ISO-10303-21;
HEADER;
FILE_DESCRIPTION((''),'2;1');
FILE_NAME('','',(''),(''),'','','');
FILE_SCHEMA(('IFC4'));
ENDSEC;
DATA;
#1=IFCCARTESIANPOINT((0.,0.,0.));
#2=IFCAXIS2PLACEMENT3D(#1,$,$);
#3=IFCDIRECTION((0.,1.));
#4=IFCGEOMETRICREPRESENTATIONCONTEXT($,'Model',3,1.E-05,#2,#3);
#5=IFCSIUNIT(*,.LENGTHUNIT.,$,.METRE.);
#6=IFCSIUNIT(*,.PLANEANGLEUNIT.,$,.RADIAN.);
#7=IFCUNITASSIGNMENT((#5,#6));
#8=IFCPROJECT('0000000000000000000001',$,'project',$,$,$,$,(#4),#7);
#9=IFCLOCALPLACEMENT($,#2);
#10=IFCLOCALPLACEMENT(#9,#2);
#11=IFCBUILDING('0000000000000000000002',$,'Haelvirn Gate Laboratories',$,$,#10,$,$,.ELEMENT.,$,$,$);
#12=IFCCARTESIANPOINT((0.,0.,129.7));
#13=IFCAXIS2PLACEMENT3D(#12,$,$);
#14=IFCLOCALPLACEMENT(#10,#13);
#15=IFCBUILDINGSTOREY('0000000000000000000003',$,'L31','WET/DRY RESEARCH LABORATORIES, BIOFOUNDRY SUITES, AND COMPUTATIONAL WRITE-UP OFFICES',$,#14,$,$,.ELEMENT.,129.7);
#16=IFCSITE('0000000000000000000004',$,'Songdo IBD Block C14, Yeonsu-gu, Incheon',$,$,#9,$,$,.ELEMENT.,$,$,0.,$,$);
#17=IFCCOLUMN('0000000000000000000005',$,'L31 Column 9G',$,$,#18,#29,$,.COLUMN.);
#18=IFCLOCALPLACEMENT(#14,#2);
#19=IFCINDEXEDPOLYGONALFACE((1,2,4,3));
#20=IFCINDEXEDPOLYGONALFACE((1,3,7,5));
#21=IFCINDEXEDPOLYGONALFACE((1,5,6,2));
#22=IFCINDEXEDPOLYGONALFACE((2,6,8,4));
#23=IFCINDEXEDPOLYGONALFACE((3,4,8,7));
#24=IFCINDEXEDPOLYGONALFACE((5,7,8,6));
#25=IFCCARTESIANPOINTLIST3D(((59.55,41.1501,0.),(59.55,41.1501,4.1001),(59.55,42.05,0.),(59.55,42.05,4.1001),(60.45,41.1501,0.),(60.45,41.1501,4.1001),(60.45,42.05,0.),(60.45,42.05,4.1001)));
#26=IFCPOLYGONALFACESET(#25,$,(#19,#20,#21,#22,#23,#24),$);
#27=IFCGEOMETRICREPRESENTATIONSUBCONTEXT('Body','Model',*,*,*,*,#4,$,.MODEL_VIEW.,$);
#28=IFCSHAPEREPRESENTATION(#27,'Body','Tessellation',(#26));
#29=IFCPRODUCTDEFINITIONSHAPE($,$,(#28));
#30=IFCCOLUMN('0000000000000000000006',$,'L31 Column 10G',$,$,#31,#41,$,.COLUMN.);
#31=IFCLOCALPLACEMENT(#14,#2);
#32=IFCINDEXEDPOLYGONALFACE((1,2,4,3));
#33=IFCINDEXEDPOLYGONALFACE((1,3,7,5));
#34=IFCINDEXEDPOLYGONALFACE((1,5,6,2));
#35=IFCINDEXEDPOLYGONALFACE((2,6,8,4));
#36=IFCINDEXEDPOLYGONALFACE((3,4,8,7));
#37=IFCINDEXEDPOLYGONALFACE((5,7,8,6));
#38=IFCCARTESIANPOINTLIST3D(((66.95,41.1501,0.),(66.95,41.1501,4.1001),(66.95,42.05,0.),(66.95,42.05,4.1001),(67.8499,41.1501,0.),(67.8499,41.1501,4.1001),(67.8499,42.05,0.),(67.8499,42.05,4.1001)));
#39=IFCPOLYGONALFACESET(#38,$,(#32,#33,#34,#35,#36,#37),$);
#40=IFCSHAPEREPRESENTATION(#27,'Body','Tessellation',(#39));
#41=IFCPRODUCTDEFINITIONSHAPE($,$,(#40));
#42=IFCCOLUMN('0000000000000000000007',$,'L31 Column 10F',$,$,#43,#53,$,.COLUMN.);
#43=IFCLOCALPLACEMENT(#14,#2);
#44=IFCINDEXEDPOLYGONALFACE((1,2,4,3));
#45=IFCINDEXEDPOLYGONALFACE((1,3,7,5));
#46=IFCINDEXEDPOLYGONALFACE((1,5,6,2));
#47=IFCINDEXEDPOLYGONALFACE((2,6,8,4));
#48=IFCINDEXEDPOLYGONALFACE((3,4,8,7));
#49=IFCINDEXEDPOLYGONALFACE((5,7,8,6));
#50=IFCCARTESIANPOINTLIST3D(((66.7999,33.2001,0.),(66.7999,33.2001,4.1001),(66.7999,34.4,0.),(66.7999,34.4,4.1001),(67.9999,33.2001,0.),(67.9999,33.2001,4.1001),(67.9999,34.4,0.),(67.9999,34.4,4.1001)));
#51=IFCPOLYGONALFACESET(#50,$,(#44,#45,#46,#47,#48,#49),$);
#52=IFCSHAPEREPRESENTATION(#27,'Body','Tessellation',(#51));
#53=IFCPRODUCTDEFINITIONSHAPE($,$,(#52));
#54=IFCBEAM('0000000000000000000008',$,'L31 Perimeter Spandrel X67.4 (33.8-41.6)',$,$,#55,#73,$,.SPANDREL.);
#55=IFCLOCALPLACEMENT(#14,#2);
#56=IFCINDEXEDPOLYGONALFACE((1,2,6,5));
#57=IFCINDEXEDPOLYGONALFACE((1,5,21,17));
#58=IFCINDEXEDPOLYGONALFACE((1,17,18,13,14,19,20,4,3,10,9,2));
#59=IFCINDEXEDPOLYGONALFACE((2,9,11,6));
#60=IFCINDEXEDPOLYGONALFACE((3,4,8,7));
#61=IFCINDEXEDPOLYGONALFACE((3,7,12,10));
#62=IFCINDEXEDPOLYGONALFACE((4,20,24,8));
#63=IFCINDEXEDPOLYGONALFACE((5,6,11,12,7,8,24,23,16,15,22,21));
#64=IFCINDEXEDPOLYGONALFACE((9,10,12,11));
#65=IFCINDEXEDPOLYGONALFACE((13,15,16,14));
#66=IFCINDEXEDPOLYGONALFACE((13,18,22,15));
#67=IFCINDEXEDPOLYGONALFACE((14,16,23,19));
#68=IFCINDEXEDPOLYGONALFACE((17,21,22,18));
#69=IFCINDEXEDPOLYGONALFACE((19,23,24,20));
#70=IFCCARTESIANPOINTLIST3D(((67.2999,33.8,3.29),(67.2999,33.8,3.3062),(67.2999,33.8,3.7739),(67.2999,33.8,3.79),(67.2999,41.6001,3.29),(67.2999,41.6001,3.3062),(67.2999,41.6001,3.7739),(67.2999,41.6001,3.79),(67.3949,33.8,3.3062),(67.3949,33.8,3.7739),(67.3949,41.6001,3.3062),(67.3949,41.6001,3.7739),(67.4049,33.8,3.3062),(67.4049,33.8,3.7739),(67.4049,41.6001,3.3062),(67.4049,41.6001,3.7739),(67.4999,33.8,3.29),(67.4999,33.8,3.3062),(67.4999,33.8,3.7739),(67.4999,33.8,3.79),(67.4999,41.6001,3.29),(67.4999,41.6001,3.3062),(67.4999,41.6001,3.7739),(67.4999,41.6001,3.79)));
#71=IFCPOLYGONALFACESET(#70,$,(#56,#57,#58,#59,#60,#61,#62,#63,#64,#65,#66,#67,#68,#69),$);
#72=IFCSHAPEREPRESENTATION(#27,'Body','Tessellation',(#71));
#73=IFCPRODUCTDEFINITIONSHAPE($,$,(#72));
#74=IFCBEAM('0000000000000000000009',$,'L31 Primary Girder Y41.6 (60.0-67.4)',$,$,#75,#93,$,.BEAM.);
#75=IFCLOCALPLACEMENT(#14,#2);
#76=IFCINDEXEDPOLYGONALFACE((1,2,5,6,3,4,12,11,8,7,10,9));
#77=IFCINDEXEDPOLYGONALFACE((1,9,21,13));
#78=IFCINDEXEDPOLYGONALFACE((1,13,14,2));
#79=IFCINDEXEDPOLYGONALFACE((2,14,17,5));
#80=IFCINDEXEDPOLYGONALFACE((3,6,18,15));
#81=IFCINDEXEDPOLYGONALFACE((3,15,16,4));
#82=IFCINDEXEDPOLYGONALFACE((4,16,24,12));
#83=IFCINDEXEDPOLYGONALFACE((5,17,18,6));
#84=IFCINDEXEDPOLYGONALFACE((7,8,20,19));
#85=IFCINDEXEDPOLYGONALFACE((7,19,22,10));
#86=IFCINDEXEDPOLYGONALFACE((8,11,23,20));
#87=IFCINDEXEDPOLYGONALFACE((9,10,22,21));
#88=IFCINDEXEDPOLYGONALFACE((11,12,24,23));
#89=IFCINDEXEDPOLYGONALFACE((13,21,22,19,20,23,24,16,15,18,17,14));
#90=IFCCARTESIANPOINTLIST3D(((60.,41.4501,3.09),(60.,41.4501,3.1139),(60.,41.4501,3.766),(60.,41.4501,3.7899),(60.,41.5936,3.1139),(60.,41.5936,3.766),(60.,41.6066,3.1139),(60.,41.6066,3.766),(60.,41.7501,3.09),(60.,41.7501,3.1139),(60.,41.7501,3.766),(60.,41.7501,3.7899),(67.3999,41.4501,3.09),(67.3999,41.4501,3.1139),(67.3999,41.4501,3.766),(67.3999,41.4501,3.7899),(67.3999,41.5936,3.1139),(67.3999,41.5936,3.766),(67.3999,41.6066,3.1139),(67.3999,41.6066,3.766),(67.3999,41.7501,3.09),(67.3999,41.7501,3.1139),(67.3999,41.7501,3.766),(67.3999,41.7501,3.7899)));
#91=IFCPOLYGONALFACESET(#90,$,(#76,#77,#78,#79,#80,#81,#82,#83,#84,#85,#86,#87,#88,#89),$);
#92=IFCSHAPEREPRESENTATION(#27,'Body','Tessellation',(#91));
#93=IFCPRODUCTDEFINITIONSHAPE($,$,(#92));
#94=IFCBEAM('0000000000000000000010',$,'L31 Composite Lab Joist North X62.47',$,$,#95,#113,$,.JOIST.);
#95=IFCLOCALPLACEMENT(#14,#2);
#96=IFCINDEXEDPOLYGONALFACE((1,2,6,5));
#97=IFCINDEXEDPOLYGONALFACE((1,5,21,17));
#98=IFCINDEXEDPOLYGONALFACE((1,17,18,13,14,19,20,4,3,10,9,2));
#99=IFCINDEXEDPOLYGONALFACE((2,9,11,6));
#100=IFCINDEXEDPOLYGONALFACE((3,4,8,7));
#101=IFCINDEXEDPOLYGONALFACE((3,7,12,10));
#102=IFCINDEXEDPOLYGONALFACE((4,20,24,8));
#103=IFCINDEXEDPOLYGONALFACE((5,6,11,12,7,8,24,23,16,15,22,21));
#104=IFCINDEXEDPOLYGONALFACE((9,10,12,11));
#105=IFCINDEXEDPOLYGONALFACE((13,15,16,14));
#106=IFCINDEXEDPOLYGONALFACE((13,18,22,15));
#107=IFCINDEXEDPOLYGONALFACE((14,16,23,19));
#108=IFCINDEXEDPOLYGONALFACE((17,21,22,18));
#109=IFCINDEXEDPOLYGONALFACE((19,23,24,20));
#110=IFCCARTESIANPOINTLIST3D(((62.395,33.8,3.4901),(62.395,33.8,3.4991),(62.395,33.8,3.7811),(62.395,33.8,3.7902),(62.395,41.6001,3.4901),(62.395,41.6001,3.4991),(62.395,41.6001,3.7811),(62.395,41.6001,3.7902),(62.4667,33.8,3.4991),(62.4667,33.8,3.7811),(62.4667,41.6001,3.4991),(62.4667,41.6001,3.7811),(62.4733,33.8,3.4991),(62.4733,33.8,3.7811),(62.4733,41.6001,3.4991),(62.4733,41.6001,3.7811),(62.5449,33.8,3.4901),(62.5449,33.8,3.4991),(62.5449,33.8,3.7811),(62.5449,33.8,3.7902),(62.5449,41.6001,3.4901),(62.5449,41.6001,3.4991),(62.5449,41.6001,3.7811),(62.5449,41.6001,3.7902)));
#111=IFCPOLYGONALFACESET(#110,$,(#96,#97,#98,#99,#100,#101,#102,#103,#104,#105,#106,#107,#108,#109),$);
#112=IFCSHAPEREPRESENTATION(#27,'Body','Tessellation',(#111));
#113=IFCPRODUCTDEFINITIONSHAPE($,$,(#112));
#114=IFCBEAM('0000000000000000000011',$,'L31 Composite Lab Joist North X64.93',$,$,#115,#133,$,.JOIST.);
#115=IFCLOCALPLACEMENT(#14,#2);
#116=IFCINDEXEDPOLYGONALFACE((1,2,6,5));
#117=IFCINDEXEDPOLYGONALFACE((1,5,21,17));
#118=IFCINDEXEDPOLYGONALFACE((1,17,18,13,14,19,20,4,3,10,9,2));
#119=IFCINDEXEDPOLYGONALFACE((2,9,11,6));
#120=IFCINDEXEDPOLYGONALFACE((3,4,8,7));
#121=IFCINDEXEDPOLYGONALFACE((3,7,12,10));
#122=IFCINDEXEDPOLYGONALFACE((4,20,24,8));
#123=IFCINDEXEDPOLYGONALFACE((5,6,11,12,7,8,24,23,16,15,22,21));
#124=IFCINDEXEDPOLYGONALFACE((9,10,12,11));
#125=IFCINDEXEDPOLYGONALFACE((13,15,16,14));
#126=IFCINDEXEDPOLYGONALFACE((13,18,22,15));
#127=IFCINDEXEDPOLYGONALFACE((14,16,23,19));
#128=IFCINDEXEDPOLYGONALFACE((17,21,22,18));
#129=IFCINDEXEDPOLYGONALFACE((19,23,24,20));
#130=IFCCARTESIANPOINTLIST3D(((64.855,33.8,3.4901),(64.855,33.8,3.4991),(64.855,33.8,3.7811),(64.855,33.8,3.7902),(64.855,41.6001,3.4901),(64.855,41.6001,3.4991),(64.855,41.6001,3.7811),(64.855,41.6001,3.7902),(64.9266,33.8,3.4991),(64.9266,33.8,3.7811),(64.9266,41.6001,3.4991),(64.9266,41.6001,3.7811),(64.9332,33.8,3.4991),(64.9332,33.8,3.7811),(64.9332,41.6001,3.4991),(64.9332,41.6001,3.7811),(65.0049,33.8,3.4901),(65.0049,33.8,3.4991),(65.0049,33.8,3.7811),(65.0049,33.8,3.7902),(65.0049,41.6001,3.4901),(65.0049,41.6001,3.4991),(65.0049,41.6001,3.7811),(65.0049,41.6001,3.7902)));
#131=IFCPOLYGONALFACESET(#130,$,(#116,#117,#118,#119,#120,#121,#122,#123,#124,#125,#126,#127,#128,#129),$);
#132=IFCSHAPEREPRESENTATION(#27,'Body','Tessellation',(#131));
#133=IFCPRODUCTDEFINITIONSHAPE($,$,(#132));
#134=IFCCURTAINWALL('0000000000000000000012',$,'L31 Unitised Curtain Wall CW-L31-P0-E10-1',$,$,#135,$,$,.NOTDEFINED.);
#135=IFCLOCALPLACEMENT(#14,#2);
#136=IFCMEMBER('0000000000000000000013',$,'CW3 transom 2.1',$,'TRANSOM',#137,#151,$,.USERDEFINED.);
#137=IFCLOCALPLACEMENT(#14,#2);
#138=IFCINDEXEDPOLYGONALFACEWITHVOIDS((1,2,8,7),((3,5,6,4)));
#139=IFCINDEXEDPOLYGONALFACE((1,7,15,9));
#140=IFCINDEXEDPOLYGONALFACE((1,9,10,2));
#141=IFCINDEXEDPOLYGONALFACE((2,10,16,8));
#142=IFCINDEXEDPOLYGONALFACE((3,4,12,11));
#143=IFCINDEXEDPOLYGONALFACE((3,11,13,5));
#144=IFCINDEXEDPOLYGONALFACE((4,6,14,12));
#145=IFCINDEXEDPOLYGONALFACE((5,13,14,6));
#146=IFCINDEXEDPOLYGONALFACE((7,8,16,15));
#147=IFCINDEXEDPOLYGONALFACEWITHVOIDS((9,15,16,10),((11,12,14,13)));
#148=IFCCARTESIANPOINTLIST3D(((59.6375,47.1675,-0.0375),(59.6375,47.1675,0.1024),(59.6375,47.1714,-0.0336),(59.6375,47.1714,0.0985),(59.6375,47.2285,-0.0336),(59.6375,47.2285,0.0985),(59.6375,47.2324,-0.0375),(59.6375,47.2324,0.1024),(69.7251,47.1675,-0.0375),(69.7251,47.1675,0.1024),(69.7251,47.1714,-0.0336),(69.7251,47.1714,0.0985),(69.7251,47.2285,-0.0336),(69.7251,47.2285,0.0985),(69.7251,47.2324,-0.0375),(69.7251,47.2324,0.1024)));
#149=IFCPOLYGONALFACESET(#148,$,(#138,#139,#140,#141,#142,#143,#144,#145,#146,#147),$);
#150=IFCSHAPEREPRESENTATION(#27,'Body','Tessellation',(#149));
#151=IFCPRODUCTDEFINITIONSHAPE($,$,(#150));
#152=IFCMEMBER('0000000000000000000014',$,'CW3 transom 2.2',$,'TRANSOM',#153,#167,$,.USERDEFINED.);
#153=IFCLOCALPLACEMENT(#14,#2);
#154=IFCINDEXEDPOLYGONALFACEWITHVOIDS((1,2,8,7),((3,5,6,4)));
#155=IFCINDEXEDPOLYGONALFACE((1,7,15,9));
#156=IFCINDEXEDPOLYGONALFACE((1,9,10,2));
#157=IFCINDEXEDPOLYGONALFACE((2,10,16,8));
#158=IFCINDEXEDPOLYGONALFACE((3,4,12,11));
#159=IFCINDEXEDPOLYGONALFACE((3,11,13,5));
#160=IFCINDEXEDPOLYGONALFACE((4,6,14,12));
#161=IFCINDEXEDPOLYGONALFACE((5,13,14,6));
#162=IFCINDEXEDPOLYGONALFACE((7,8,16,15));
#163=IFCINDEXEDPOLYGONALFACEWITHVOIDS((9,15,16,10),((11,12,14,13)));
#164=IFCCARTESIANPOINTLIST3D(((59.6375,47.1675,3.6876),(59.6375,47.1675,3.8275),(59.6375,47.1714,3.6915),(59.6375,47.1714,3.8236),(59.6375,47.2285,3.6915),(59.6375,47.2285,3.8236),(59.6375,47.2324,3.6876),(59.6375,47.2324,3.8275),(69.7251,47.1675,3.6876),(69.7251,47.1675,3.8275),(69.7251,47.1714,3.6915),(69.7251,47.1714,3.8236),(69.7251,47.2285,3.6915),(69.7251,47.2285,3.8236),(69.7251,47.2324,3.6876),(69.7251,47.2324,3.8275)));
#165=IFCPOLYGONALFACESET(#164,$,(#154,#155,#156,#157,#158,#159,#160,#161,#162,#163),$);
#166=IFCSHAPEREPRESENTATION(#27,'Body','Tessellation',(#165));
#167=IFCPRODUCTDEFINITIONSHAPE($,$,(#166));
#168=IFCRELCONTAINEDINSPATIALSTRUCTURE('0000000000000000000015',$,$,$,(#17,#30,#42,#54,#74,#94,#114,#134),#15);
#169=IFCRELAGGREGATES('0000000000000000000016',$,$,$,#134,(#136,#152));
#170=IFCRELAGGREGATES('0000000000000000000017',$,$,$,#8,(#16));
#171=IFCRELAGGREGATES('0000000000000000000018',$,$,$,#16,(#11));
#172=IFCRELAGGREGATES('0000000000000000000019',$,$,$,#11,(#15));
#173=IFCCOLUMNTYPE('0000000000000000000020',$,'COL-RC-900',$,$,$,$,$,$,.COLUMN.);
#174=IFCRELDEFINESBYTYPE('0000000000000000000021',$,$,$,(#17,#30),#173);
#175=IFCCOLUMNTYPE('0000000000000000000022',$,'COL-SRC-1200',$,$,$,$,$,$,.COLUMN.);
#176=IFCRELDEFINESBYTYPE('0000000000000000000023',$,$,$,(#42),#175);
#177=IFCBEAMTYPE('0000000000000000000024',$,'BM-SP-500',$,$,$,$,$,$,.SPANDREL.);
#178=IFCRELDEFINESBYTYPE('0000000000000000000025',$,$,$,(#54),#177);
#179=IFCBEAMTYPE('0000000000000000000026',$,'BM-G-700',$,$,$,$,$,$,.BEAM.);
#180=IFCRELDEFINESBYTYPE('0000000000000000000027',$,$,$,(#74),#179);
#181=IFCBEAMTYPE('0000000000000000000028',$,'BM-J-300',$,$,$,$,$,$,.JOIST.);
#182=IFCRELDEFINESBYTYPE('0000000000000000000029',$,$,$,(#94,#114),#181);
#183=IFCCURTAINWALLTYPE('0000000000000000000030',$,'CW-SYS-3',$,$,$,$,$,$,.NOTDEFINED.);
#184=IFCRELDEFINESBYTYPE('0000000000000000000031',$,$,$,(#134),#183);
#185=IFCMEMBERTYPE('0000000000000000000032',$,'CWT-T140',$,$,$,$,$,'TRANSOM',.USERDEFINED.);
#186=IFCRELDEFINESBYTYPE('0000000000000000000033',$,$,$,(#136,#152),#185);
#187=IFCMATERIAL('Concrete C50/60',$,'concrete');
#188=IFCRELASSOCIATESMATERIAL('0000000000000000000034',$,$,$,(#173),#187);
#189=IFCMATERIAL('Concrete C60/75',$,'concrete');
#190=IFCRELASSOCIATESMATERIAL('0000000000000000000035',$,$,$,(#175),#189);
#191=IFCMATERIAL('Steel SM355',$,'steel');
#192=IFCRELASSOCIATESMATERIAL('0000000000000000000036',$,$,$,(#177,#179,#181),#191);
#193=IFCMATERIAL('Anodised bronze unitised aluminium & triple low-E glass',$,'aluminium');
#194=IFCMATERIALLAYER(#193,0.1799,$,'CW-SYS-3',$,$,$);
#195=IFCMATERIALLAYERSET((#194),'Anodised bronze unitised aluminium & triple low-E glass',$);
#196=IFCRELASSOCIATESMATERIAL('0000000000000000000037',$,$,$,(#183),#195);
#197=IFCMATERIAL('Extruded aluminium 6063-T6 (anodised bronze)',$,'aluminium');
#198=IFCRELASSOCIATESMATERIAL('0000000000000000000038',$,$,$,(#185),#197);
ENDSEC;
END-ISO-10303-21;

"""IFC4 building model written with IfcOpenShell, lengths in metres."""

from ifc_helpers import new_model, si_unit, direction, frame, origin, origin_2d, place, context, subcontext, project, spatial, rectangle, hollow_rectangle, i_section, extrude, source, transform, mapped, material, layer, layer_set, material_profile, profile_set, type_object, type_shapes, element, aggregate, save


model = new_model("IFC4")

# Units and contexts
model_context = context("Model", 3, precision=1e-05, world=origin(), true_north=direction((0.0, 1.0)))
body_context = subcontext(model_context, "Body", "Model", "MODEL_VIEW")
ifc_project = project(units=[si_unit("LENGTHUNIT", "METRE"), si_unit("PLANEANGLEUNIT", "RADIAN")], contexts=[model_context])

# Site, building, storey
site_placement = place(None, origin())
site = spatial("IfcSite", under=ifc_project, at=site_placement, Name="Songdo IBD Block C14, Yeonsu-gu, Incheon", CompositionType="ELEMENT", RefElevation=0.0)
building_placement = place(site_placement, origin())
building = spatial("IfcBuilding", under=site, at=building_placement, Name="Haelvirn Gate Laboratories", CompositionType="ELEMENT")
storey_placement = place(building_placement, frame((0.0, 0.0, 129.7)))
storey = spatial("IfcBuildingStorey", under=building, at=storey_placement, Name="L31", Description="WET/DRY RESEARCH LABORATORIES, BIOFOUNDRY SUITES, AND COMPUTATIONAL WRITE-UP OFFICES", CompositionType="ELEMENT", Elevation=129.7)

# Columns
ifc_material_1 = material(Name="Concrete C50/60", Category="concrete")
ifc_material_profile_1 = material_profile(ifc_material_1, rectangle(XDim=0.8999, YDim=0.8999, at=origin_2d()), Name="RC-900x900")
ifc_profile_set_1 = profile_set([ifc_material_profile_1], Name="Concrete C50/60")
column_type_1 = type_object("IfcColumnType", Name="COL-RC-900", PredefinedType="COLUMN", material=ifc_profile_set_1)
shared_shape_1 = source(origin(), body_context, "Body", "SweptSolid", [
    extrude(rectangle(XDim=0.8999, YDim=0.8999, at=origin_2d()), origin(), (0.0, 0.0, 1.0), 4.1001),
])
type_shapes(column_type_1, [shared_shape_1])
for number, where, z_axis, x_axis, name in (
    (1, (60.0, 41.6001, 0.0), (0.0, 0.0, 1.0), (1.0, 0.0, 0.0), "L31 Column 9G"),
    (2, (67.3999, 41.6001, 0.0), (0.0, 0.0, 1.0), (1.0, 0.0, 0.0), "L31 Column 10G"),
):
    element("IfcColumn", number, at=place(storey_placement, frame(where, z_axis=z_axis, x_axis=x_axis)), inside=storey, type_object=column_type_1, Name=name, PredefinedType="COLUMN", context=body_context, shape_type="MappedRepresentation", body=[
        mapped(shared_shape_1, transform((0.0, 0.0, 0.0), scale=1.0)),
    ])
ifc_material_2 = material(Name="Concrete C60/75", Category="concrete")
ifc_material_profile_2 = material_profile(ifc_material_2, rectangle(XDim=1.2, YDim=1.2, at=origin_2d()), Name="SRC-1200x1200")
ifc_profile_set_2 = profile_set([ifc_material_profile_2], Name="Concrete C60/75")
column_type_2 = type_object("IfcColumnType", Name="COL-SRC-1200", PredefinedType="COLUMN", material=ifc_profile_set_2)
shared_shape_2 = source(origin(), body_context, "Body", "SweptSolid", [
    extrude(rectangle(XDim=1.2, YDim=1.2, at=origin_2d()), origin(), (0.0, 0.0, 1.0), 4.1001),
])
type_shapes(column_type_2, [shared_shape_2])
column_placement = place(storey_placement, frame((67.3999, 33.8, 0.0), z_axis=(0.0, 0.0, 1.0), x_axis=(1.0, 0.0, 0.0)))
element("IfcColumn", 3, at=column_placement, inside=storey, type_object=column_type_2, Name="L31 Column 10F", PredefinedType="COLUMN", context=body_context, shape_type="MappedRepresentation", body=[
    mapped(shared_shape_2, transform((0.0, 0.0, 0.0), scale=1.0)),
])

# Beams
ifc_material_3 = material(Name="Steel SM355", Category="steel")
ifc_material_profile_3 = material_profile(ifc_material_3, i_section(OverallWidth=0.2, OverallDepth=0.5, WebThickness=0.01, FlangeThickness=0.0161, at=origin_2d()), Name="H-500x200x10x16")
ifc_profile_set_3 = profile_set([ifc_material_profile_3], Name="Steel SM355")
beam_type_1 = type_object("IfcBeamType", Name="BM-SP-500", PredefinedType="SPANDREL", material=ifc_profile_set_3)
shared_shape_3 = source(origin(), body_context, "Body", "SweptSolid", [
    extrude(i_section(OverallWidth=0.2, OverallDepth=0.5, WebThickness=0.01, FlangeThickness=0.0161, at=origin_2d()), origin(), (0.0, 0.0, 1.0), 7.8),
])
type_shapes(beam_type_1, [shared_shape_3])
beam_1_placement = place(storey_placement, frame((67.3999, 33.8, 3.54), z_axis=(0.0, 1.0, 0.0), x_axis=(-1.0, 0.0, 0.0)))
element("IfcBeam", 4, at=beam_1_placement, inside=storey, type_object=beam_type_1, Name="L31 Perimeter Spandrel X67.4 (33.8-41.6)", PredefinedType="SPANDREL", context=body_context, shape_type="MappedRepresentation", body=[
    mapped(shared_shape_3, transform((0.0, 0.0, 0.0), scale=1.0)),
])
ifc_material_profile_4 = material_profile(ifc_material_3, i_section(OverallWidth=0.3, OverallDepth=0.7, WebThickness=0.0129, FlangeThickness=0.0239, at=origin_2d()), Name="H-700x300x13x24")
ifc_profile_set_4 = profile_set([ifc_material_profile_4], Name="Steel SM355")
beam_type_2 = type_object("IfcBeamType", Name="BM-G-700", PredefinedType="BEAM", material=ifc_profile_set_4)
shared_shape_4 = source(origin(), body_context, "Body", "SweptSolid", [
    extrude(i_section(OverallWidth=0.3, OverallDepth=0.7, WebThickness=0.0129, FlangeThickness=0.0239, at=origin_2d()), origin(), (0.0, 0.0, 1.0), 7.3999),
])
type_shapes(beam_type_2, [shared_shape_4])
beam_2_placement = place(storey_placement, frame((60.0, 41.6001, 3.4399), z_axis=(1.0, 0.0, 0.0), x_axis=(0.0, 1.0, 0.0)))
element("IfcBeam", 5, at=beam_2_placement, inside=storey, type_object=beam_type_2, Name="L31 Primary Girder Y41.6 (60.0-67.4)", PredefinedType="BEAM", context=body_context, shape_type="MappedRepresentation", body=[
    mapped(shared_shape_4, transform((0.0, 0.0, 0.0), scale=1.0)),
])
ifc_material_profile_5 = material_profile(ifc_material_3, i_section(OverallWidth=0.1499, OverallDepth=0.3, WebThickness=0.0066, FlangeThickness=0.009, at=origin_2d()), Name="H-300x150x6.5x9")
ifc_profile_set_5 = profile_set([ifc_material_profile_5], Name="Steel SM355")
beam_type_3 = type_object("IfcBeamType", Name="BM-J-300", PredefinedType="JOIST", material=ifc_profile_set_5)
shared_shape_5 = source(origin(), body_context, "Body", "SweptSolid", [
    extrude(i_section(OverallWidth=0.1499, OverallDepth=0.3, WebThickness=0.0066, FlangeThickness=0.009, at=origin_2d()), origin(), (0.0, 0.0, 1.0), 7.8),
])
type_shapes(beam_type_3, [shared_shape_5])
for number, where, z_axis, x_axis, name in (
    (6, (62.47, 33.8, 3.6401), (0.0, 1.0, 0.0), (-1.0, 0.0, 0.0), "L31 Composite Lab Joist North X62.47"),
    (7, (64.9299, 33.8, 3.6401), (0.0, 1.0, 0.0), (-1.0, 0.0, 0.0), "L31 Composite Lab Joist North X64.93"),
):
    element("IfcBeam", number, at=place(storey_placement, frame(where, z_axis=z_axis, x_axis=x_axis)), inside=storey, type_object=beam_type_3, Name=name, PredefinedType="JOIST", context=body_context, shape_type="MappedRepresentation", body=[
        mapped(shared_shape_5, transform((0.0, 0.0, 0.0), scale=1.0)),
    ])

# Curtain wall, members
ifc_material_4 = material(Name="Anodised bronze unitised aluminium & triple low-E glass", Category="aluminium")
ifc_layer_1 = layer(ifc_material_4, 0.1799, Name="CW-SYS-3")
ifc_layer_set_1 = layer_set([ifc_layer_1], Name="Anodised bronze unitised aluminium & triple low-E glass")
curtain_wall_type_1 = type_object("IfcCurtainWallType", Name="CW-SYS-3", PredefinedType="NOTDEFINED", material=ifc_layer_set_1)
curtain_wall_1_placement = place(storey_placement, origin())
curtain_wall_1 = element("IfcCurtainWall", 8, at=curtain_wall_1_placement, inside=storey, type_object=curtain_wall_type_1, Name="L31 Unitised Curtain Wall CW-L31-P0-E10-1", PredefinedType="NOTDEFINED")
ifc_material_5 = material(Name="Extruded aluminium 6063-T6 (anodised bronze)", Category="aluminium")
ifc_material_profile_6 = material_profile(ifc_material_5, hollow_rectangle(XDim=0.0649, YDim=0.1399, WallThickness=0.0039, at=origin_2d()), Name="CWT-140x65x4")
ifc_profile_set_6 = profile_set([ifc_material_profile_6], Name="Extruded aluminium 6063-T6 (anodised bronze)")
member_type_1 = type_object("IfcMemberType", Name="CWT-T140", ElementType="TRANSOM", PredefinedType="USERDEFINED", material=ifc_profile_set_6)
shared_shape_6 = source(origin(), body_context, "Body", "SweptSolid", [
    extrude(hollow_rectangle(XDim=0.0649, YDim=0.1399, WallThickness=0.0039, at=origin_2d()), origin(), (0.0, 0.0, 1.0), 10.0876),
])
member_1_placement = place(storey_placement, frame((59.6375, 47.2, 0.0325), z_axis=(1.0, 0.0, 0.0), x_axis=(0.0, 1.0, 0.0)))
member_1 = element("IfcMember", 9, at=member_1_placement, type_object=member_type_1, Name="CW3 transom 2.1", ObjectType="TRANSOM", PredefinedType="USERDEFINED", context=body_context, shape_type="MappedRepresentation", body=[
    mapped(shared_shape_6, transform((0.0, 0.0, 0.0), scale=1.0)),
])
member_2_placement = place(storey_placement, frame((59.6375, 47.2, 3.7576), z_axis=(1.0, 0.0, 0.0), x_axis=(0.0, 1.0, 0.0)))
member_2 = element("IfcMember", 10, at=member_2_placement, type_object=member_type_1, Name="CW3 transom 2.2", ObjectType="TRANSOM", PredefinedType="USERDEFINED", context=body_context, shape_type="MappedRepresentation", body=[
    mapped(shared_shape_6, transform((0.0, 0.0, 0.0), scale=1.0)),
])

aggregate(curtain_wall_1, [member_1, member_2])

save(model, "model.ifc")
